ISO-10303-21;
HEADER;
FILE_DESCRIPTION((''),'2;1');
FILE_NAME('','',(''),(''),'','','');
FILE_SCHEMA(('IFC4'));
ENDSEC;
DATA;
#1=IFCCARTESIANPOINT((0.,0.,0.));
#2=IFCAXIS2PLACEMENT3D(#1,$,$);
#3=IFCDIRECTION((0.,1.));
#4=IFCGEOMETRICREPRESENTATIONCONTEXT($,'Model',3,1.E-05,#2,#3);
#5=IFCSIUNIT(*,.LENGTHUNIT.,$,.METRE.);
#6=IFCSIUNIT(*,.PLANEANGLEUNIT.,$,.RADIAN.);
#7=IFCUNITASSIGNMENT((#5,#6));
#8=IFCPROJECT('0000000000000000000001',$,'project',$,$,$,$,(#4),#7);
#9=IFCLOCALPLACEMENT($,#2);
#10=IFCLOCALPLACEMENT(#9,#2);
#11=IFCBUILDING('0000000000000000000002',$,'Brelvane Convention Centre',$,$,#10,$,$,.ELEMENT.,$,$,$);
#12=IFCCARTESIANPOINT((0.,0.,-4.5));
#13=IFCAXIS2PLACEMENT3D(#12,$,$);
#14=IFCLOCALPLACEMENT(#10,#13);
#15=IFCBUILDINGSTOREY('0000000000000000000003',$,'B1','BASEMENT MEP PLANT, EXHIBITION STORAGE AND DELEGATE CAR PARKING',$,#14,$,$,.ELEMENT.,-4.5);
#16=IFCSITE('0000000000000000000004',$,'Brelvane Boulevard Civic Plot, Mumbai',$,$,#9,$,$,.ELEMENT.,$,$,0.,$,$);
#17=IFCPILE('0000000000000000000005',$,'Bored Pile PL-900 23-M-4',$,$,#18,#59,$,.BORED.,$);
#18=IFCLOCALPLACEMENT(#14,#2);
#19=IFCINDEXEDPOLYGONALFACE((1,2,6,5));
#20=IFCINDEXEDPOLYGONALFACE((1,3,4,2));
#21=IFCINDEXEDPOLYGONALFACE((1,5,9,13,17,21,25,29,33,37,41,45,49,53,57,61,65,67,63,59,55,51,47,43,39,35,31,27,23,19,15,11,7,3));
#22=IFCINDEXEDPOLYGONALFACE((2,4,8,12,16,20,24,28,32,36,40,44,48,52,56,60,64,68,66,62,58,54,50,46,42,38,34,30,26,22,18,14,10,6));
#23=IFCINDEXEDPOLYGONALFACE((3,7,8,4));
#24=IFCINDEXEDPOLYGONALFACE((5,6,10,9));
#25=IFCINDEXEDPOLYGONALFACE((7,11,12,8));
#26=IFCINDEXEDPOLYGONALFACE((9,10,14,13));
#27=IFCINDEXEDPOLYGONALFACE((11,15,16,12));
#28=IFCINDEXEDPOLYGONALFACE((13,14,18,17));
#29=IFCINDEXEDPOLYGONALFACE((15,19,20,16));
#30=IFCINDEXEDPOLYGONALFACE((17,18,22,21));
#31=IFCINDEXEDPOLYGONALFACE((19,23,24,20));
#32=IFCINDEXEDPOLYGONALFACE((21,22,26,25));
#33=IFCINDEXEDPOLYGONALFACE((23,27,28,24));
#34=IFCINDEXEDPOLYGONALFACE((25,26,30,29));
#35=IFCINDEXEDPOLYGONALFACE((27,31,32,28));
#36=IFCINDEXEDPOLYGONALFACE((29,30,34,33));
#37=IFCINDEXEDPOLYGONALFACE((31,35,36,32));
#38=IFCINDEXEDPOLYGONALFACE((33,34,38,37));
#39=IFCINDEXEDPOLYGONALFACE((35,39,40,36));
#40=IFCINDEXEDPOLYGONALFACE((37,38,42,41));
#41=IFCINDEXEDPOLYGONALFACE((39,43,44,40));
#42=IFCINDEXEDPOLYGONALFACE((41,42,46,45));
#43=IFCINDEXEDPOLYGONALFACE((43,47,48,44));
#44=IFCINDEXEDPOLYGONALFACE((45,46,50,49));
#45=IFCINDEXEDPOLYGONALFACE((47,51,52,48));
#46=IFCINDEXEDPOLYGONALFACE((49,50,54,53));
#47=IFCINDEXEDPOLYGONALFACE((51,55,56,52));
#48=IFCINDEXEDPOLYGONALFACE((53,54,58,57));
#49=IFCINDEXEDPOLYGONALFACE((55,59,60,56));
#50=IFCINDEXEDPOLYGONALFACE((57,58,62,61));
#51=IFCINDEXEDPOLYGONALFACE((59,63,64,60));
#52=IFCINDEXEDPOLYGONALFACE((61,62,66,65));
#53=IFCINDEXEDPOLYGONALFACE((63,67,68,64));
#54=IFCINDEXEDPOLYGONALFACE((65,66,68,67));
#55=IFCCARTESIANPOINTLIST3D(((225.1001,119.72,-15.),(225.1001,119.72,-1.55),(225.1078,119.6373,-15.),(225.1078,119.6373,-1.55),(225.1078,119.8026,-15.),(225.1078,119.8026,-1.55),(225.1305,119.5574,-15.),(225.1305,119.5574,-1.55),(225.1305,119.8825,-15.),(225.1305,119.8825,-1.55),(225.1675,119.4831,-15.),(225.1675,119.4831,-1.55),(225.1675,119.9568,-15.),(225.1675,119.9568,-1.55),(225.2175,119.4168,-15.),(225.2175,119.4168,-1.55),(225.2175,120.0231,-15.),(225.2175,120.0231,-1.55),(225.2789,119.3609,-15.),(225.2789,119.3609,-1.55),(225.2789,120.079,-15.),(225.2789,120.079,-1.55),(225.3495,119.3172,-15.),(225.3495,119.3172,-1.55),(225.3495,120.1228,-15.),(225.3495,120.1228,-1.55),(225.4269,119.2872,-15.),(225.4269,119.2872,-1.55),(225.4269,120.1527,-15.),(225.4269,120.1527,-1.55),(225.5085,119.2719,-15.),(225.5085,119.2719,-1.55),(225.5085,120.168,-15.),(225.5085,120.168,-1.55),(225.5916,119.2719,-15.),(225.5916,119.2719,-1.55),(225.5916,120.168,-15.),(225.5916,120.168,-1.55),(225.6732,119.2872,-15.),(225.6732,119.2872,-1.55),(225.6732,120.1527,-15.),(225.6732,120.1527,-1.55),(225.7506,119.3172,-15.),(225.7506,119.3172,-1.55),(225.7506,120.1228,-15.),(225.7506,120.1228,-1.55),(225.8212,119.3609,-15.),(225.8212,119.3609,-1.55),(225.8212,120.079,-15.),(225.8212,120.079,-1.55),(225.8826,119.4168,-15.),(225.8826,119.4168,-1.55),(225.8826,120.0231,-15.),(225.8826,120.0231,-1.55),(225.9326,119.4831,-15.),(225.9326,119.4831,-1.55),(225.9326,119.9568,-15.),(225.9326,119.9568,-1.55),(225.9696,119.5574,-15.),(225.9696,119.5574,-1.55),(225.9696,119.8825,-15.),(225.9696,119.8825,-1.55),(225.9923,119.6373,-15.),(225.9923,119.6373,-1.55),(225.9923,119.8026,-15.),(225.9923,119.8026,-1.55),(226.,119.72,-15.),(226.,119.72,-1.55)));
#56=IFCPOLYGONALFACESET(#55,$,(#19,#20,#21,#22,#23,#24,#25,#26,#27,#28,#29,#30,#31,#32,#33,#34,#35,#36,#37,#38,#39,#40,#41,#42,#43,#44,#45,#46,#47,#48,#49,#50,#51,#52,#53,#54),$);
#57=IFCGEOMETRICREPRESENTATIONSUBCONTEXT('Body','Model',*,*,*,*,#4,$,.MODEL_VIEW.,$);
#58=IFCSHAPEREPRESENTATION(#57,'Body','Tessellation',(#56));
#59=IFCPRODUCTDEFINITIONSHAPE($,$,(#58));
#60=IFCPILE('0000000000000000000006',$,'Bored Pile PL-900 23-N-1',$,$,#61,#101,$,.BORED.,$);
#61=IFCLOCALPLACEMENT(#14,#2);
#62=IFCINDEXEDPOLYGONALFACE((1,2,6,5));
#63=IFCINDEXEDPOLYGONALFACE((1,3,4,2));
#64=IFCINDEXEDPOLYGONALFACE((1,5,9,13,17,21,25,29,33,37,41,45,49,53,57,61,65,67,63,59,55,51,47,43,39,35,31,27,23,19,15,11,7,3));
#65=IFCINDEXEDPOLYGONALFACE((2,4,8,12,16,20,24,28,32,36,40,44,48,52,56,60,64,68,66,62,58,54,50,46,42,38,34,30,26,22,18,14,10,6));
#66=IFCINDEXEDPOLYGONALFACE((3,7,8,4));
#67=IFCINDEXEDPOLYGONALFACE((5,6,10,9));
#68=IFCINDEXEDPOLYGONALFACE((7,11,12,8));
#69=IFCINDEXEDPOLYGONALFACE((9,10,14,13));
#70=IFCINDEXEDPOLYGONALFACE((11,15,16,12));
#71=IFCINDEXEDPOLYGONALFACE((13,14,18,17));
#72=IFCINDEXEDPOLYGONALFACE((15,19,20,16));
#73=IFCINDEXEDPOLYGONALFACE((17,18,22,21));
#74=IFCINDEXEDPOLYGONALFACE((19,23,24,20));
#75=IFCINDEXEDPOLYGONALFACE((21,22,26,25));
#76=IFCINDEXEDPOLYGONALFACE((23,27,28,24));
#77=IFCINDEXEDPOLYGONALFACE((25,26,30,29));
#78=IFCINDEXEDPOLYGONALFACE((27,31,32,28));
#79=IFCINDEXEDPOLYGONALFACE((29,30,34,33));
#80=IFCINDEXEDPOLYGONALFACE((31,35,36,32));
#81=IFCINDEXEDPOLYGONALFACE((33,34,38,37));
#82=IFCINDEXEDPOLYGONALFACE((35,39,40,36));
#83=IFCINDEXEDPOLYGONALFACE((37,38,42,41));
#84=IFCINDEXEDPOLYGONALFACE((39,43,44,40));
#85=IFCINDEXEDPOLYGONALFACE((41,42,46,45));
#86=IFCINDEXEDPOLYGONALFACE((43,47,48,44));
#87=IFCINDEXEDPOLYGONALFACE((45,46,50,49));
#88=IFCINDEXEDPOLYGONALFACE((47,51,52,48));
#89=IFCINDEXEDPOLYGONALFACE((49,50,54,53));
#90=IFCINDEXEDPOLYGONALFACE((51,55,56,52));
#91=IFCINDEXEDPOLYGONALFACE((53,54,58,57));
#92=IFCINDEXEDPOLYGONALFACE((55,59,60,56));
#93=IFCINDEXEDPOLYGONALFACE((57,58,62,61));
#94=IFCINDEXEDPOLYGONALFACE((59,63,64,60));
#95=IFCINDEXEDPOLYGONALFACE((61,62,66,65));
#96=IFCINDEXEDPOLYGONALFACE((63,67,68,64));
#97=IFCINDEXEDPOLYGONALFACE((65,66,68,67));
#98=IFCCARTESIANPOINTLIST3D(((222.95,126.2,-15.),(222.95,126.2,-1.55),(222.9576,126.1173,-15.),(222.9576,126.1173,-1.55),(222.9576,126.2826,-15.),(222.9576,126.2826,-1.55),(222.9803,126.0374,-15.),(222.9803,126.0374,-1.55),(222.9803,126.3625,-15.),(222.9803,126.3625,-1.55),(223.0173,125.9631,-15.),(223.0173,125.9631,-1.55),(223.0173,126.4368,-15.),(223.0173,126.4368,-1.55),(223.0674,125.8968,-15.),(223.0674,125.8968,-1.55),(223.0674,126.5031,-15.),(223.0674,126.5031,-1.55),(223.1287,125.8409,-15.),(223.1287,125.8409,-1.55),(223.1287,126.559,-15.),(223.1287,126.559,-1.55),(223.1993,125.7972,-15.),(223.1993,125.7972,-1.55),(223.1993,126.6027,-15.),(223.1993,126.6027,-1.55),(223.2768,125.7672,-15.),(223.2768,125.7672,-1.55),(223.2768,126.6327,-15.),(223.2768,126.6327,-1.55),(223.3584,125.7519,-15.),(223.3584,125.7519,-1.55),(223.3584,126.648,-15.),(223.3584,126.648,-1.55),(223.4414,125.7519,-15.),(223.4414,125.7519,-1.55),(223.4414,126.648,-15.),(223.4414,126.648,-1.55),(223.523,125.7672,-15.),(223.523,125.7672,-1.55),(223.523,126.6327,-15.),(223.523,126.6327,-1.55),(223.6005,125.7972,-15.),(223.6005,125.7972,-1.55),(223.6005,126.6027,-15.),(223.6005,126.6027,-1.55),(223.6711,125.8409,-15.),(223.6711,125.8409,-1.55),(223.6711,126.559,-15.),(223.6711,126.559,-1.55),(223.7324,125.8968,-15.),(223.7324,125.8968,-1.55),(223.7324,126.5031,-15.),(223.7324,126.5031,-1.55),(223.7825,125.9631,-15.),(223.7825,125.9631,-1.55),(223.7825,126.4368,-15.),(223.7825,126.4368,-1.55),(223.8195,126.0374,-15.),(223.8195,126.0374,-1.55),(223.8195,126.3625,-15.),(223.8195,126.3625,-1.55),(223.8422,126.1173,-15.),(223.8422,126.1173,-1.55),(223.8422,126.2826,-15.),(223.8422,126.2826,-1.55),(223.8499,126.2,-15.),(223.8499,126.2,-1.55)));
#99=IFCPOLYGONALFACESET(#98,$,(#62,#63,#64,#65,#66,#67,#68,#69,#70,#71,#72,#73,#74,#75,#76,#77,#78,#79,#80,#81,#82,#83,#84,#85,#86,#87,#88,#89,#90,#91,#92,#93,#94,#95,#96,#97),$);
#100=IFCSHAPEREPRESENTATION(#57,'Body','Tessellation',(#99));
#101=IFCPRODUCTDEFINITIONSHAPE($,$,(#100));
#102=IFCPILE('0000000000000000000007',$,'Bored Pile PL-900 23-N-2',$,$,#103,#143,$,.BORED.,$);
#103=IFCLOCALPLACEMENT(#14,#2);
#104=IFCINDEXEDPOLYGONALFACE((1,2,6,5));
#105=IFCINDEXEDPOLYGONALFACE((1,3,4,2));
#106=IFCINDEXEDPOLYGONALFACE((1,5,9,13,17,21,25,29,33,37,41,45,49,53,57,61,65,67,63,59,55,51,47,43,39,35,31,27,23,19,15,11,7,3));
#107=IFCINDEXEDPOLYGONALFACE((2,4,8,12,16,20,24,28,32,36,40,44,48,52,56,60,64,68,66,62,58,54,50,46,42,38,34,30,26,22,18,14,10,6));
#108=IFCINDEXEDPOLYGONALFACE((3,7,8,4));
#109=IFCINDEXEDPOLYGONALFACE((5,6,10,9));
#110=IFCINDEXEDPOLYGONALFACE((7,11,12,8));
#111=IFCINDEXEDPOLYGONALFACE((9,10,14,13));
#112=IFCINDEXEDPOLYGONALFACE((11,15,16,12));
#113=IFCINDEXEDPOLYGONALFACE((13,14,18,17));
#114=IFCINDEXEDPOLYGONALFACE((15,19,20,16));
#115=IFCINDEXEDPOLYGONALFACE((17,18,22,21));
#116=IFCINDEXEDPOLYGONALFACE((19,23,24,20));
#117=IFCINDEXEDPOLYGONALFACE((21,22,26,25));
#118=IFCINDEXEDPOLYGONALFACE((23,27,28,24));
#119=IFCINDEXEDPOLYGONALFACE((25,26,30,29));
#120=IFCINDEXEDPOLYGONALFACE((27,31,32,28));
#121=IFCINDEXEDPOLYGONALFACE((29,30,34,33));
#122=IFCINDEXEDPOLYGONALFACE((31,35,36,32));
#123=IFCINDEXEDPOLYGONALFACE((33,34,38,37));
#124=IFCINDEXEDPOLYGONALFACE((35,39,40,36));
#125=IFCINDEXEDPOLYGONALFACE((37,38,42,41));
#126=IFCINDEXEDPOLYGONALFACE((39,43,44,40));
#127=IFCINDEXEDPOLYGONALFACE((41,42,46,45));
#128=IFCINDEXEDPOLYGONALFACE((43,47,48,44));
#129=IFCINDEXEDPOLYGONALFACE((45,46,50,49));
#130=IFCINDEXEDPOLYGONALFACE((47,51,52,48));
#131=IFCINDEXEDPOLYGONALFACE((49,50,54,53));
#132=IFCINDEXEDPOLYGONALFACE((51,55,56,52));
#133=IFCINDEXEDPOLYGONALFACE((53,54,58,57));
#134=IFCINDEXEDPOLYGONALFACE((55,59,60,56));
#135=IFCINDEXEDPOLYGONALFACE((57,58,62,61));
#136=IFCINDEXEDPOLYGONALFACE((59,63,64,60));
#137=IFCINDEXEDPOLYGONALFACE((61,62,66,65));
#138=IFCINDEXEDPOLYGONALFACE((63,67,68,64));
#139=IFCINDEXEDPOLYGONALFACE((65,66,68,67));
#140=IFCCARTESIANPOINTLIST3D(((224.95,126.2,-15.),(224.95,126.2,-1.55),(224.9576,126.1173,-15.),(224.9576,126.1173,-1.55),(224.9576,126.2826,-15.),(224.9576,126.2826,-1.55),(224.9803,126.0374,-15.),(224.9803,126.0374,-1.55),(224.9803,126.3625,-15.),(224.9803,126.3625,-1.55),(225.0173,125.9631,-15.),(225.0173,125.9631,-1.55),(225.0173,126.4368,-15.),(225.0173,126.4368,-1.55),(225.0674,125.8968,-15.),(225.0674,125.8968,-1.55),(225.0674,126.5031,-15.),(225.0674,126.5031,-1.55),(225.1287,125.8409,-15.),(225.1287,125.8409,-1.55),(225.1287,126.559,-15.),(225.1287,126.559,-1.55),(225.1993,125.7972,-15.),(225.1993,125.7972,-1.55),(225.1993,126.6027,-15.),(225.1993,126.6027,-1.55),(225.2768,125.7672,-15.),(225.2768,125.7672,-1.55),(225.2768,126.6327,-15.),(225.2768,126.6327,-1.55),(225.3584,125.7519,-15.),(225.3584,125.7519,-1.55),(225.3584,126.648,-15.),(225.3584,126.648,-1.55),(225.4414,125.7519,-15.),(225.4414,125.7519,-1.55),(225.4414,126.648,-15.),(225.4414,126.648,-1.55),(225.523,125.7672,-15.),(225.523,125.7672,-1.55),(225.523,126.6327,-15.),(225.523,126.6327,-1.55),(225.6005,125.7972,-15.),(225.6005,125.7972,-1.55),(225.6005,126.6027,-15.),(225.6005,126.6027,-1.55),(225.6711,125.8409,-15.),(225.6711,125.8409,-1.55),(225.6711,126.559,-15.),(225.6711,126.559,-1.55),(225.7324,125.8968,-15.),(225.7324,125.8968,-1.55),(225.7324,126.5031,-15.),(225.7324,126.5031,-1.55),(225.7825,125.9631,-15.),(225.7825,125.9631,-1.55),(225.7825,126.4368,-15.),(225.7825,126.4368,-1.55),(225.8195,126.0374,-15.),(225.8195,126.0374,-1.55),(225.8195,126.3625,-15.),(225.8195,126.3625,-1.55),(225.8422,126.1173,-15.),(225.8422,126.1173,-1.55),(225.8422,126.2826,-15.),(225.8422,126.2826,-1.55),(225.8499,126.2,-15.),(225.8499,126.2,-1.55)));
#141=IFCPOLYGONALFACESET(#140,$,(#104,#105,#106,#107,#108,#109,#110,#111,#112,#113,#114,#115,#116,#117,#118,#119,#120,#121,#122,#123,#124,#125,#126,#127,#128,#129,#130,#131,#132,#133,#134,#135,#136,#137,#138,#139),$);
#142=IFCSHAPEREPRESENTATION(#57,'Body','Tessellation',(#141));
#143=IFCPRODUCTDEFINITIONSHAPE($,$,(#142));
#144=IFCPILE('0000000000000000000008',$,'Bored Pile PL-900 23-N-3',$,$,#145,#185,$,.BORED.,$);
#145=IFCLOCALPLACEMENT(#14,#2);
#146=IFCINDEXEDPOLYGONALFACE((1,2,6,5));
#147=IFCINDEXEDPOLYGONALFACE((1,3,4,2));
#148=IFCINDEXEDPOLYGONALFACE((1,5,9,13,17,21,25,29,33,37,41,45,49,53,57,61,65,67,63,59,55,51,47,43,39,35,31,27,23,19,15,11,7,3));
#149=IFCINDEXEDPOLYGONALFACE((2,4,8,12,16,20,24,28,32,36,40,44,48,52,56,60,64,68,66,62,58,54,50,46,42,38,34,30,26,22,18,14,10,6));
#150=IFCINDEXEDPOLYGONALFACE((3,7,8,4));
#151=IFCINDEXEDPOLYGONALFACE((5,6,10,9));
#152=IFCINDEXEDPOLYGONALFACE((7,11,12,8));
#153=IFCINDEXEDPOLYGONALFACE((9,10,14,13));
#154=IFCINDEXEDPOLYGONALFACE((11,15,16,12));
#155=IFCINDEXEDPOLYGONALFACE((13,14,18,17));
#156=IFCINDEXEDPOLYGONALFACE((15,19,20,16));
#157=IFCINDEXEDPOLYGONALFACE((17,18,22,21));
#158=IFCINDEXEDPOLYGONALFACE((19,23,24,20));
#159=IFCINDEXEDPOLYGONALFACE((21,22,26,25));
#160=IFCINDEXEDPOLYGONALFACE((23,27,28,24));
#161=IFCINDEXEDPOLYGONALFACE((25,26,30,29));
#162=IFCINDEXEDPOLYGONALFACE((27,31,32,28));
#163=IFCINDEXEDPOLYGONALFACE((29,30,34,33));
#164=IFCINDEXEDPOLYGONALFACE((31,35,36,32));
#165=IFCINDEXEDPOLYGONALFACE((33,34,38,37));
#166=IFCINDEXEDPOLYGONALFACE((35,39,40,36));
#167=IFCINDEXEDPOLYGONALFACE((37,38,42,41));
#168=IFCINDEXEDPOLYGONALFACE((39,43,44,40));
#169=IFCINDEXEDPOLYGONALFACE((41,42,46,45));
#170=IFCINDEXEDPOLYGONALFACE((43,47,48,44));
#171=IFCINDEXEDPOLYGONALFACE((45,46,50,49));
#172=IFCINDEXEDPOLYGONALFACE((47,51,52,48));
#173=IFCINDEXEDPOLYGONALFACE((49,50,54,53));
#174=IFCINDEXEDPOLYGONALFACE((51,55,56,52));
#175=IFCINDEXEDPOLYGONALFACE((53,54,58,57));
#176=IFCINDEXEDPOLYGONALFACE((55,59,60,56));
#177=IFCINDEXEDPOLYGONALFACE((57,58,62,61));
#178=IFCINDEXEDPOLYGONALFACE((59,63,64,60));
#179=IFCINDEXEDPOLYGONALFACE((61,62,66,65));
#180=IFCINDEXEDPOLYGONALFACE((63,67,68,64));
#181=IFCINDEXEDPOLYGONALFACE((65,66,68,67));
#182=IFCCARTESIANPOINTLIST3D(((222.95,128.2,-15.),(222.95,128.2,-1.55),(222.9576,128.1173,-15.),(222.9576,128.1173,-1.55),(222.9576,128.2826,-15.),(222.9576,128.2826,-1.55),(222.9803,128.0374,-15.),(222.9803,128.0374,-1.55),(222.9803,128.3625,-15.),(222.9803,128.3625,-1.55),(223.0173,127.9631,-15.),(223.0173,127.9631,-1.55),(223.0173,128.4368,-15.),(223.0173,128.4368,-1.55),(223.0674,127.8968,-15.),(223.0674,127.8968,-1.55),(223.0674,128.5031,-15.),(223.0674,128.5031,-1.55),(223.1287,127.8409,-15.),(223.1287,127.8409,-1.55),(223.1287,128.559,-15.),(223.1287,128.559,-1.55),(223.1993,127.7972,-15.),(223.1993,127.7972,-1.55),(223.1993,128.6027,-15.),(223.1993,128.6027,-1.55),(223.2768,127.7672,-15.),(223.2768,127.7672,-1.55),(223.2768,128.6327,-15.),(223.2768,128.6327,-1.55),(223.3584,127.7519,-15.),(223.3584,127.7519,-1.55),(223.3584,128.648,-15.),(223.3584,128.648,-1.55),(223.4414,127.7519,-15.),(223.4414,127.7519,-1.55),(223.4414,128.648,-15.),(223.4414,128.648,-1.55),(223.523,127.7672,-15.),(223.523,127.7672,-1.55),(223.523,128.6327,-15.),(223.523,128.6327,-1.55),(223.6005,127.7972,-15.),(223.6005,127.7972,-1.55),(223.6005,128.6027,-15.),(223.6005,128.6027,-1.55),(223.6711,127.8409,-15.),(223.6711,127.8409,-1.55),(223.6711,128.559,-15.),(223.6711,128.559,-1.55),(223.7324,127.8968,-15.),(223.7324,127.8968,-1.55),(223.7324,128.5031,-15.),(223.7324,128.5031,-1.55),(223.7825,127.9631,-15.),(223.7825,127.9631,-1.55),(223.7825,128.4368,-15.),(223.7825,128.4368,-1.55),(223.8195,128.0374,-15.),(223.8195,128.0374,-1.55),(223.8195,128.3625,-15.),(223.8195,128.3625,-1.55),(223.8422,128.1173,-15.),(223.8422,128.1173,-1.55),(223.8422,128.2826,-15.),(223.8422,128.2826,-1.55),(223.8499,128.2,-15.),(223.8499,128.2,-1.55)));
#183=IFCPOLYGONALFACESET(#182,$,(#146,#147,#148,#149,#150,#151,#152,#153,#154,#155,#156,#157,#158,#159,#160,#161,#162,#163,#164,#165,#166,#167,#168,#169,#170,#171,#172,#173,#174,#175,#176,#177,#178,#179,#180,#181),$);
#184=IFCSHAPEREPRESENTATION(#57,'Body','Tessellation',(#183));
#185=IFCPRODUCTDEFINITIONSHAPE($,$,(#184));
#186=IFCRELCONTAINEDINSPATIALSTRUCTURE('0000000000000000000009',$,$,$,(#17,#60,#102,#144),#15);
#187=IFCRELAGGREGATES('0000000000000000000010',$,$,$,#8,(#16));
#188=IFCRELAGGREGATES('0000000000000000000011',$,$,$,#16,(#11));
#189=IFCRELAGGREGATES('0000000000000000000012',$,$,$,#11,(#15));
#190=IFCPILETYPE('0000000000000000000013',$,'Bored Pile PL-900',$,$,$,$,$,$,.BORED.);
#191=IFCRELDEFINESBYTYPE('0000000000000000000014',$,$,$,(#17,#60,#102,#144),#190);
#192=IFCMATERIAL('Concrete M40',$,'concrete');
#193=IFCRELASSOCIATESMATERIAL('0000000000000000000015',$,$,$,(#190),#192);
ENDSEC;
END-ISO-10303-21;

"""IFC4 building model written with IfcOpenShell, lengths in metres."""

from ifc_helpers import new_model, si_unit, direction, frame, origin, origin_2d, place, context, subcontext, project, spatial, circle, extrude, material, material_profile, profile_set, type_object, element, save


model = new_model("IFC4")

# Units and contexts
model_context = context("Model", 3, precision=1e-05, world=origin(), true_north=direction((0.0, 1.0)))
body_context = subcontext(model_context, "Body", "Model", "MODEL_VIEW")
ifc_project = project(units=[si_unit("LENGTHUNIT", "METRE"), si_unit("PLANEANGLEUNIT", "RADIAN")], contexts=[model_context])

# Site, building, storey
site_placement = place(None, origin())
site = spatial("IfcSite", under=ifc_project, at=site_placement, Name="Brelvane Boulevard Civic Plot, Mumbai", CompositionType="ELEMENT", RefElevation=0.0)
building_placement = place(site_placement, origin())
building = spatial("IfcBuilding", under=site, at=building_placement, Name="Brelvane Convention Centre", CompositionType="ELEMENT")
storey_placement = place(building_placement, frame((0.0, 0.0, -4.5)))
storey = spatial("IfcBuildingStorey", under=building, at=storey_placement, Name="B1", Description="BASEMENT MEP PLANT, EXHIBITION STORAGE AND DELEGATE CAR PARKING", CompositionType="ELEMENT", Elevation=-4.5)

# Piles
ifc_material_1 = material(Name="Concrete M40", Category="concrete")
ifc_material_profile_1 = material_profile(ifc_material_1, circle(Radius=0.45, at=origin_2d()), Name="PILE D900")
ifc_profile_set_1 = profile_set([ifc_material_profile_1], Name="Concrete M40")
pile_type = type_object("IfcPileType", Name="Bored Pile PL-900", PredefinedType="BORED", material=ifc_profile_set_1)
for number, where, z_axis, x_axis, name in (
    (1, (225.55, 119.72, -1.55), (0.0, 0.0, -1.0), (1.0, 0.0, 0.0), "Bored Pile PL-900 23-M-4"),
    (2, (223.3999, 126.2, -1.55), (0.0, 0.0, -1.0), (1.0, 0.0, 0.0), "Bored Pile PL-900 23-N-1"),
    (3, (225.3999, 126.2, -1.55), (0.0, 0.0, -1.0), (1.0, 0.0, 0.0), "Bored Pile PL-900 23-N-2"),
    (4, (223.3999, 128.2, -1.55), (0.0, 0.0, -1.0), (1.0, 0.0, 0.0), "Bored Pile PL-900 23-N-3"),
):
    element("IfcPile", number, at=place(storey_placement, frame(where, z_axis=z_axis, x_axis=x_axis)), inside=storey, type_object=pile_type, Name=name, PredefinedType="BORED", context=body_context, shape_type="SweptSolid", body=[
        extrude(circle(Radius=0.45, at=origin_2d()), origin(), (0.0, 0.0, 1.0), 13.45),
    ])

save(model, "model.ifc")
